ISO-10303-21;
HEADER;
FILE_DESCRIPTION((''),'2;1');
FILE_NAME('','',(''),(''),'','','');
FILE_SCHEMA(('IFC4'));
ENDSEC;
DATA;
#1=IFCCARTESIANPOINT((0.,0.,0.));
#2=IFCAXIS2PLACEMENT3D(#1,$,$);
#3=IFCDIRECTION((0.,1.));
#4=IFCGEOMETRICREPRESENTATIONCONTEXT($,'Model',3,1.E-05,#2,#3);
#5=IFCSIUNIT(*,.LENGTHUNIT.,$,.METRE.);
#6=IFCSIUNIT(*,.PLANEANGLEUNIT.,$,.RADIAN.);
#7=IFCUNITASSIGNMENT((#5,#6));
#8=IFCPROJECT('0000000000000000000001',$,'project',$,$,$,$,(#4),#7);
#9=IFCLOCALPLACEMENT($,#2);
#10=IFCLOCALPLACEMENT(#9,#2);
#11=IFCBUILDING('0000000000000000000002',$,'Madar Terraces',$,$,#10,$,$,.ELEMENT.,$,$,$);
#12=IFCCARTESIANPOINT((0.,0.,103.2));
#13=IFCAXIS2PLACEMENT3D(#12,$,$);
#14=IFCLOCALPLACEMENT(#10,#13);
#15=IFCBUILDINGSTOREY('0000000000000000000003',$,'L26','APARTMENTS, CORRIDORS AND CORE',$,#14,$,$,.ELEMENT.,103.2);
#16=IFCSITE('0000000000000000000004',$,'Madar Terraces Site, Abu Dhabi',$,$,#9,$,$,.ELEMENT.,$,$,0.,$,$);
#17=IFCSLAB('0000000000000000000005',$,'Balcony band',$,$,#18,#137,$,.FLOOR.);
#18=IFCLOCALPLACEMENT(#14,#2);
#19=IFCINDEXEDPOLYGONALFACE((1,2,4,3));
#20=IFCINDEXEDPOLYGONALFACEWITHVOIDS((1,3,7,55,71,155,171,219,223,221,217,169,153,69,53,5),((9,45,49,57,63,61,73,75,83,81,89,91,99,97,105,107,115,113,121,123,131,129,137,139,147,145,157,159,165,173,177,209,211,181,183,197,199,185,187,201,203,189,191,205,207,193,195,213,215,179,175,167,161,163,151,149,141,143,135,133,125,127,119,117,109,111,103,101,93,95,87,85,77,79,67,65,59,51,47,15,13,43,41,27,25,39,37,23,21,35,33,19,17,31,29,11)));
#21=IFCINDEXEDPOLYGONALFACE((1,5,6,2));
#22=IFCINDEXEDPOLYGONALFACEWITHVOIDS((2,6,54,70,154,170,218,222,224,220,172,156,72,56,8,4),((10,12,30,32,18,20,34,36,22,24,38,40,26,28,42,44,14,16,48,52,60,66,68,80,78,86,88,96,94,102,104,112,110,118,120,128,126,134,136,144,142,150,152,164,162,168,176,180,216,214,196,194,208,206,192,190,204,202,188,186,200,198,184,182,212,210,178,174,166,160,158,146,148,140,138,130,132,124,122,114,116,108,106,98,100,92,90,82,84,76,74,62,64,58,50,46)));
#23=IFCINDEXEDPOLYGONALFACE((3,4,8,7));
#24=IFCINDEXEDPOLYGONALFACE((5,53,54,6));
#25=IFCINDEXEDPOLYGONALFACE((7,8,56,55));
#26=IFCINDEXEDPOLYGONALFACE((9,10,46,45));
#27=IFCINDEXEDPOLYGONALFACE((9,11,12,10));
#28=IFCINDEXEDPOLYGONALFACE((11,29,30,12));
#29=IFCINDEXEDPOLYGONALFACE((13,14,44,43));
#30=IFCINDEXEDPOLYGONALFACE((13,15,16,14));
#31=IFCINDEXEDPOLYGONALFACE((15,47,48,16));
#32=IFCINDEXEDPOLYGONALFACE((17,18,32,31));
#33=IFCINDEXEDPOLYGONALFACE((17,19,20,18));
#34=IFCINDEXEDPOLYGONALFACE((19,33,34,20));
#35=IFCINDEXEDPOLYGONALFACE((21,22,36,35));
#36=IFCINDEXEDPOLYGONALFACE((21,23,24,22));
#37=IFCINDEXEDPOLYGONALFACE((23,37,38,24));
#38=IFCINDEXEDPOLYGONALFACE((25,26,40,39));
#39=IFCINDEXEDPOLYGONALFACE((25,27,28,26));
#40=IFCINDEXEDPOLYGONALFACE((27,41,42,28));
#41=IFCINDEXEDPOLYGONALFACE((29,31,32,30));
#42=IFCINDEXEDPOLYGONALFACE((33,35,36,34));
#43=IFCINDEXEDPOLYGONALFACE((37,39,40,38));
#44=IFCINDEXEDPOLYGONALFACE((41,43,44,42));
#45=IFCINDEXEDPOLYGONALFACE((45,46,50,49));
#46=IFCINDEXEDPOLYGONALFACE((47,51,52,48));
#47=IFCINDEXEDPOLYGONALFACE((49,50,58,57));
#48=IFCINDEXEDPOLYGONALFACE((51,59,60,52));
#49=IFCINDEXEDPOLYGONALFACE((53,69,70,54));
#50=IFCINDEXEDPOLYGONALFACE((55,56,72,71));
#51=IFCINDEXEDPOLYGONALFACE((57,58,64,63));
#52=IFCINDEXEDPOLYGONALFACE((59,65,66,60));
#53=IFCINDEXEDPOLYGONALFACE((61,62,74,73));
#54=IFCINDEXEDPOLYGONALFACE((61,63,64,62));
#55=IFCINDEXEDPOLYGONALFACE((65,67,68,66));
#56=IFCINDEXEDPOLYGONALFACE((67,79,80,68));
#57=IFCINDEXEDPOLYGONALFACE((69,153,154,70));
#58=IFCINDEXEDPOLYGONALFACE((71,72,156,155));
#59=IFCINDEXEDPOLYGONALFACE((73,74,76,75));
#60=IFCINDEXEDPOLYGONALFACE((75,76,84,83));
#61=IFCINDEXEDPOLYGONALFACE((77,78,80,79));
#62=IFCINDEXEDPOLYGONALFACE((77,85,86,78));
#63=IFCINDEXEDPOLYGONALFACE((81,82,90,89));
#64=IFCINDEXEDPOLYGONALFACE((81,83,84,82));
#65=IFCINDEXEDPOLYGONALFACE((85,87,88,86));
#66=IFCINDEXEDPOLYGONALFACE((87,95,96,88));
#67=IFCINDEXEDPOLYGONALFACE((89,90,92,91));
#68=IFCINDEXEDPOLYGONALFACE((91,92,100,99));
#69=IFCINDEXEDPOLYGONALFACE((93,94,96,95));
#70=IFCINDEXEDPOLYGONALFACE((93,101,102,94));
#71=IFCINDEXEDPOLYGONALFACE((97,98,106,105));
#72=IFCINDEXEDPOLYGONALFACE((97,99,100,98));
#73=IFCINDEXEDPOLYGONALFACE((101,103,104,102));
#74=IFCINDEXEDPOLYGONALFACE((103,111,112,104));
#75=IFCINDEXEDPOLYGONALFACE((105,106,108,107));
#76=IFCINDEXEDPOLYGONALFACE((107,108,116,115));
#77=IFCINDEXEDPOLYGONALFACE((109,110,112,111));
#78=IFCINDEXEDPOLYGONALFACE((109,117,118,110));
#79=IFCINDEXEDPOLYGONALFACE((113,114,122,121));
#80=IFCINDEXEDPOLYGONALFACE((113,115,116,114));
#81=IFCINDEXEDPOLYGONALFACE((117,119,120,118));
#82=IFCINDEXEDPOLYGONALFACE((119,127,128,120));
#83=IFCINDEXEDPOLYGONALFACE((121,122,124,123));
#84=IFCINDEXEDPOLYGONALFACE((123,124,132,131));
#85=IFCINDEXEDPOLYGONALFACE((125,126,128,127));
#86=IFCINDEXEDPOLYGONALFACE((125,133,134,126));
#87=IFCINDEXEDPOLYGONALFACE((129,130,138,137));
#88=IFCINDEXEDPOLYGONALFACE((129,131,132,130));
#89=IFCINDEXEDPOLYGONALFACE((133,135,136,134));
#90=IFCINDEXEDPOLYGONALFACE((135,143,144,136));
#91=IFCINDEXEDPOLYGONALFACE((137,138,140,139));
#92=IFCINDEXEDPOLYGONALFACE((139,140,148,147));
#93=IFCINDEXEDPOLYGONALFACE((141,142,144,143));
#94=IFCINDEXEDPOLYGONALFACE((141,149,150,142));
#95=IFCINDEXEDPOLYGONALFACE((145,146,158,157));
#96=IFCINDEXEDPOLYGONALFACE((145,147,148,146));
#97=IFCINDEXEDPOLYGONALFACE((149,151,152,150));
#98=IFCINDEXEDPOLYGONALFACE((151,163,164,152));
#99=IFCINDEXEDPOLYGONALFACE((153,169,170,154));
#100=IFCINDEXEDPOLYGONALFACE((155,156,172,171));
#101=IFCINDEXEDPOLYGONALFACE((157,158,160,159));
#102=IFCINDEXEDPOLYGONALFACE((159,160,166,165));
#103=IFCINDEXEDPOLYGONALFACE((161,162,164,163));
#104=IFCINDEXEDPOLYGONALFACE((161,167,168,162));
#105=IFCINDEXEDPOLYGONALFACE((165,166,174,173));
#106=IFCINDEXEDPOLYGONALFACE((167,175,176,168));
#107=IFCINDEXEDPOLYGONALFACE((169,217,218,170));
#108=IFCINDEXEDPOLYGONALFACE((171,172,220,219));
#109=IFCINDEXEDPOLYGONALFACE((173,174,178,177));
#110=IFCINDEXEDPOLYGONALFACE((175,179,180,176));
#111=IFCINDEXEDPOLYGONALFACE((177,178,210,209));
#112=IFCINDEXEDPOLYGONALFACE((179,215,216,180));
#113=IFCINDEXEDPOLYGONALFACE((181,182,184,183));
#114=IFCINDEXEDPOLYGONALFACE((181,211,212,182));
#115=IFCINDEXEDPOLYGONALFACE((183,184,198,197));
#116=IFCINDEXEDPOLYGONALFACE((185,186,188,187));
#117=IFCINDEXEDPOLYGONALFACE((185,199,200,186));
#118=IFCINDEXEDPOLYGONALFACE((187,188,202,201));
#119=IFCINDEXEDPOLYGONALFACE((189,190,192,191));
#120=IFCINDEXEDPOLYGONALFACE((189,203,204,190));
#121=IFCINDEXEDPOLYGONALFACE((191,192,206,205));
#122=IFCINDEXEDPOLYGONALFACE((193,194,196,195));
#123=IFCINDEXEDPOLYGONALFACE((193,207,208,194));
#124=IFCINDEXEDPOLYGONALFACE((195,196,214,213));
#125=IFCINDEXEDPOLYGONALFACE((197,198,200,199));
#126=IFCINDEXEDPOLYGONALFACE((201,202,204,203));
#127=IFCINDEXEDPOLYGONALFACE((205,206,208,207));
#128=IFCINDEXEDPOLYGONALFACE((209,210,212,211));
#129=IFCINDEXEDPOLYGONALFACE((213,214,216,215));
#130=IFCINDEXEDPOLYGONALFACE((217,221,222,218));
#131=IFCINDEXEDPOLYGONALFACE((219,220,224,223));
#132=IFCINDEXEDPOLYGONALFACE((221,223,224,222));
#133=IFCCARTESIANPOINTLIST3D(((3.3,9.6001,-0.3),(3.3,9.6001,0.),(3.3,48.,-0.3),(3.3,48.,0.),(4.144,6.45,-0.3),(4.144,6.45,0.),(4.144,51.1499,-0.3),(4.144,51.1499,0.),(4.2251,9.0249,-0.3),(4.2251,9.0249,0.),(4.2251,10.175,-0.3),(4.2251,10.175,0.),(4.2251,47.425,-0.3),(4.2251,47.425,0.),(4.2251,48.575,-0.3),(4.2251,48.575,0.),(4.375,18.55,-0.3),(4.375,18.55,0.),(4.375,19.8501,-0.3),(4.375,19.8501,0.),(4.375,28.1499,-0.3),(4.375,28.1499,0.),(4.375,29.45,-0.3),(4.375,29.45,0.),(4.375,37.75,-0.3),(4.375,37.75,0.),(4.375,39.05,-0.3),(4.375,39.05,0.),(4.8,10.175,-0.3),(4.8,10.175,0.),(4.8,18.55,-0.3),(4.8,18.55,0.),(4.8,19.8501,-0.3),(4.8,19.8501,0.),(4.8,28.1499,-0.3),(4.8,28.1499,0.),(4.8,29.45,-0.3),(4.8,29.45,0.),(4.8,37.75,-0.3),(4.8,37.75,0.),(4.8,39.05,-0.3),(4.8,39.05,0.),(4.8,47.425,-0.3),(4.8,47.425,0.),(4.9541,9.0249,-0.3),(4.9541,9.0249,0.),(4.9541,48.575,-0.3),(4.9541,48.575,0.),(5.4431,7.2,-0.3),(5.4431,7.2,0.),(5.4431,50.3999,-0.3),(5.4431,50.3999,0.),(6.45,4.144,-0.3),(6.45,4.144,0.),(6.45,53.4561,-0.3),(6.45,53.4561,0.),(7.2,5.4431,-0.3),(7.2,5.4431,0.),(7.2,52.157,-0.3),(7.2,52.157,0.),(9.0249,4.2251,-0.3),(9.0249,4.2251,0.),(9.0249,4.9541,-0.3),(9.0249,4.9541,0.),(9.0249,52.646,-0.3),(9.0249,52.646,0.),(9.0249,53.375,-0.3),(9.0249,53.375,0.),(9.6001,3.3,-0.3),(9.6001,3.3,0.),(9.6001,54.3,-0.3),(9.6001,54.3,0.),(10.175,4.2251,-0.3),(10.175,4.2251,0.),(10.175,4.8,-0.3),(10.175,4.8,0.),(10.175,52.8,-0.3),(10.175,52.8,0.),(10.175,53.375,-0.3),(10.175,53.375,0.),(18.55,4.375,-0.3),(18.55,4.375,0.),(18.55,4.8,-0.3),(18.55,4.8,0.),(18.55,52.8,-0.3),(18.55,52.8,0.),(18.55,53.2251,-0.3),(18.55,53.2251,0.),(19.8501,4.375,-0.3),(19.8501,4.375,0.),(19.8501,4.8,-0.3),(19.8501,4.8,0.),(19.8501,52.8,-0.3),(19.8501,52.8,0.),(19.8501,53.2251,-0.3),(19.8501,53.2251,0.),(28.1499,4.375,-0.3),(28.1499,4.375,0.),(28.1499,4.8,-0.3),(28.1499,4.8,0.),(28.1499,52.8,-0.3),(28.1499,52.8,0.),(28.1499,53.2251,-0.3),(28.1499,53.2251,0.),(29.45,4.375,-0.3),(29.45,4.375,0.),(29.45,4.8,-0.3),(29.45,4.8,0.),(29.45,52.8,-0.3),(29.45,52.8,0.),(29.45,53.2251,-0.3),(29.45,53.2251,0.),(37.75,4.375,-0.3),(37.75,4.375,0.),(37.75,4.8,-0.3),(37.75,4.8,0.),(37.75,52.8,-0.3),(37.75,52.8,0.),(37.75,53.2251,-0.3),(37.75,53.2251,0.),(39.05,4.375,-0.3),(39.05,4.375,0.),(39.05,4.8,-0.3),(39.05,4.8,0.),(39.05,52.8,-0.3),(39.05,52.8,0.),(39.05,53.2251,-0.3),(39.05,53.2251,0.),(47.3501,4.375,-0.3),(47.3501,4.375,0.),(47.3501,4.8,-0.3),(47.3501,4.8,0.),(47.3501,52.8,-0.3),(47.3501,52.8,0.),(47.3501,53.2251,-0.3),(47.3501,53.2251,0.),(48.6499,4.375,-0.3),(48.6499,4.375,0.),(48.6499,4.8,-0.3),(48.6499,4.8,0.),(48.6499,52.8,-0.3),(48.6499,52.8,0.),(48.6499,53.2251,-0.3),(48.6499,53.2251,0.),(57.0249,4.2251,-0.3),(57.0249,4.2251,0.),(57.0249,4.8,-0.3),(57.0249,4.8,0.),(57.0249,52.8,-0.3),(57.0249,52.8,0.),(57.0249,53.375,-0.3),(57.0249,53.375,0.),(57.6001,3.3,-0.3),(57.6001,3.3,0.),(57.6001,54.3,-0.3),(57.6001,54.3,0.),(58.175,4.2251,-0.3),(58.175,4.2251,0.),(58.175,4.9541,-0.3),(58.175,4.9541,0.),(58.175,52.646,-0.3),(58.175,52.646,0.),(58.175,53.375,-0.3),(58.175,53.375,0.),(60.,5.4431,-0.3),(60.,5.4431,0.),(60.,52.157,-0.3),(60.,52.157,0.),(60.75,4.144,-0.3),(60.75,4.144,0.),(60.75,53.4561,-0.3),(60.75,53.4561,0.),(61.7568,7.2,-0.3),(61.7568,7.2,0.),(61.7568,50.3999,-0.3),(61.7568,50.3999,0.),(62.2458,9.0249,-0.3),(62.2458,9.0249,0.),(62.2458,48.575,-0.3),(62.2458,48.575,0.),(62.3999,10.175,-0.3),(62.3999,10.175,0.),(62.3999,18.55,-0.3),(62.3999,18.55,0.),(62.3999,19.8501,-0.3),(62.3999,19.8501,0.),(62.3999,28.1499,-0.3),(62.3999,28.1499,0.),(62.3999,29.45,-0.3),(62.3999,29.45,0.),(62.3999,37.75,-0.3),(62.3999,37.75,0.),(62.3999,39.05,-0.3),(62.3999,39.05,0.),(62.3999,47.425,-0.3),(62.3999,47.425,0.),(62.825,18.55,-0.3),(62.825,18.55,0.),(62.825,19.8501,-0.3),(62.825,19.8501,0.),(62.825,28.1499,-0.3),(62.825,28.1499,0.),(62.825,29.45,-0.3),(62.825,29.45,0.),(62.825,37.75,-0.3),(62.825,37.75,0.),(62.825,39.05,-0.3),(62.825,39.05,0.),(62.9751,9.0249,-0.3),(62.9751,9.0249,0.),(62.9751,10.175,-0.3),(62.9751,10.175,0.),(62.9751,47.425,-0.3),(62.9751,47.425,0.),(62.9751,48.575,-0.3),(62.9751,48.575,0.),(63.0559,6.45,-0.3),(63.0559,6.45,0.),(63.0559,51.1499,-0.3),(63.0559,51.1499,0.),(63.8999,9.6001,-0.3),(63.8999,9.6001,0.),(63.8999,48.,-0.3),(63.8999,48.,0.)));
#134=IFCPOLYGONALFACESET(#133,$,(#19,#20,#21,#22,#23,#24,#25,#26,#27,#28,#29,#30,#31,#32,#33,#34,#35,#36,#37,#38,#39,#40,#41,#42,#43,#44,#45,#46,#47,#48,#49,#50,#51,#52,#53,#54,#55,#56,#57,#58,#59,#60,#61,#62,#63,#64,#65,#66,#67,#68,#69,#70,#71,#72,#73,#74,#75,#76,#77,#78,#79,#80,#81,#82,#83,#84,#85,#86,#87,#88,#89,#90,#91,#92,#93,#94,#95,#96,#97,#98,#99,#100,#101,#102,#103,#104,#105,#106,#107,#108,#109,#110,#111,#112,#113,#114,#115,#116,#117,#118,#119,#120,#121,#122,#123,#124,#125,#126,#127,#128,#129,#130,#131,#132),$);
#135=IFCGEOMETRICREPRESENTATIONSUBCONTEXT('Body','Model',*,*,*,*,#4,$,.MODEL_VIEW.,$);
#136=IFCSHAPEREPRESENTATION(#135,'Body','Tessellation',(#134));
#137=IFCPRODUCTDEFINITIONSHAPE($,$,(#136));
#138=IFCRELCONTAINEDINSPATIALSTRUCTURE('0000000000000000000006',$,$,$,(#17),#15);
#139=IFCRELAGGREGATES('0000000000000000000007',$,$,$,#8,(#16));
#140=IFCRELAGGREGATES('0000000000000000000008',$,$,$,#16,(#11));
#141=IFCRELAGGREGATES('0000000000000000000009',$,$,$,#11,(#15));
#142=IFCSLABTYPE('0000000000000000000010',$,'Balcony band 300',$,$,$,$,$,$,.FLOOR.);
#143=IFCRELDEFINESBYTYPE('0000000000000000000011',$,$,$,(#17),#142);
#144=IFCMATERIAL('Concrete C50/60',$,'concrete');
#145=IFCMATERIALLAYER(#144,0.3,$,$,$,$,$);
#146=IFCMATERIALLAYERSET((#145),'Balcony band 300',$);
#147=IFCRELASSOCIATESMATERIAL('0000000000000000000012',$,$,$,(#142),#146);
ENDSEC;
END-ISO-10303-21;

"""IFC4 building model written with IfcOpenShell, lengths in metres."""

from ifc_helpers import new_model, si_unit, direction, frame, origin, place, context, subcontext, project, spatial, polyline, outline, extrude, material, layer, layer_set, type_object, element, save


model = new_model("IFC4")

# Units and contexts
model_context = context("Model", 3, precision=1e-05, world=origin(), true_north=direction((0.0, 1.0)))
body_context = subcontext(model_context, "Body", "Model", "MODEL_VIEW")
ifc_project = project(units=[si_unit("LENGTHUNIT", "METRE"), si_unit("PLANEANGLEUNIT", "RADIAN")], contexts=[model_context])

# Site, building, storey
site_placement = place(None, origin())
site = spatial("IfcSite", under=ifc_project, at=site_placement, Name="Madar Terraces Site, Abu Dhabi", CompositionType="ELEMENT", RefElevation=0.0)
building_placement = place(site_placement, origin())
building = spatial("IfcBuilding", under=site, at=building_placement, Name="Madar Terraces", CompositionType="ELEMENT")
storey_placement = place(building_placement, frame((0.0, 0.0, 103.2)))
storey = spatial("IfcBuildingStorey", under=building, at=storey_placement, Name="L26", Description="APARTMENTS, CORRIDORS AND CORE", CompositionType="ELEMENT", Elevation=103.2)

# Slab
ifc_material_1 = material(Name="Concrete C50/60", Category="concrete")
ifc_layer_1 = layer(ifc_material_1, 0.3)
ifc_layer_set_1 = layer_set([ifc_layer_1], Name="Balcony band 300")
slab_type_1 = type_object("IfcSlabType", Name="Balcony band 300", PredefinedType="FLOOR", material=ifc_layer_set_1)
slab_1_placement = place(storey_placement, frame((0.0, 0.0, -0.3)))
element("IfcSlab", 1, at=slab_1_placement, inside=storey, type_object=slab_type_1, Name="Balcony band", PredefinedType="FLOOR", context=body_context, shape_type="SweptSolid", body=[
    extrude(outline(polyline([(9.6001, 3.3), (6.45, 4.144), (4.144, 6.45), (3.3, 9.6001), (3.3, 48.0), (4.144, 51.1499), (6.45, 53.4561), (9.6001, 54.3), (57.6001, 54.3), (60.75, 53.4561), (63.0559, 51.1499), (63.8999, 48.0), (63.8999, 9.6001), (63.0559, 6.45), (60.75, 4.144), (57.6001, 3.3), (9.6001, 3.3)]), holes=[polyline([(10.175, 4.2251), (10.175, 4.8), (18.55, 4.8), (18.55, 4.375), (19.8501, 4.375), (19.8501, 4.8), (28.1499, 4.8), (28.1499, 4.375), (29.45, 4.375), (29.45, 4.8), (37.75, 4.8), (37.75, 4.375), (39.05, 4.375), (39.05, 4.8), (47.3501, 4.8), (47.3501, 4.375), (48.6499, 4.375), (48.6499, 4.8), (57.0249, 4.8), (57.0249, 4.2251), (58.175, 4.2251), (58.175, 4.9541), (60.0, 5.4431), (61.7568, 7.2), (62.2458, 9.0249), (62.9751, 9.0249), (62.9751, 10.175), (62.3999, 10.175), (62.3999, 18.55), (62.825, 18.55), (62.825, 19.8501), (62.3999, 19.8501), (62.3999, 28.1499), (62.825, 28.1499), (62.825, 29.45), (62.3999, 29.45), (62.3999, 37.75), (62.825, 37.75), (62.825, 39.05), (62.3999, 39.05), (62.3999, 47.425), (62.9751, 47.425), (62.9751, 48.575), (62.2458, 48.575), (61.7568, 50.3999), (60.0, 52.157), (58.175, 52.646), (58.175, 53.375), (57.0249, 53.375), (57.0249, 52.8), (48.6499, 52.8), (48.6499, 53.2251), (47.3501, 53.2251), (47.3501, 52.8), (39.05, 52.8), (39.05, 53.2251), (37.75, 53.2251), (37.75, 52.8), (29.45, 52.8), (29.45, 53.2251), (28.1499, 53.2251), (28.1499, 52.8), (19.8501, 52.8), (19.8501, 53.2251), (18.55, 53.2251), (18.55, 52.8), (10.175, 52.8), (10.175, 53.375), (9.0249, 53.375), (9.0249, 52.646), (7.2, 52.157), (5.4431, 50.3999), (4.9541, 48.575), (4.2251, 48.575), (4.2251, 47.425), (4.8, 47.425), (4.8, 39.05), (4.375, 39.05), (4.375, 37.75), (4.8, 37.75), (4.8, 29.45), (4.375, 29.45), (4.375, 28.1499), (4.8, 28.1499), (4.8, 19.8501), (4.375, 19.8501), (4.375, 18.55), (4.8, 18.55), (4.8, 10.175), (4.2251, 10.175), (4.2251, 9.0249), (4.9541, 9.0249), (5.4431, 7.2), (7.2, 5.4431), (9.0249, 4.9541), (9.0249, 4.2251), (10.175, 4.2251)])]), origin(), (0.0, 0.0, 1.0), 0.3),
])

save(model, "model.ifc")
